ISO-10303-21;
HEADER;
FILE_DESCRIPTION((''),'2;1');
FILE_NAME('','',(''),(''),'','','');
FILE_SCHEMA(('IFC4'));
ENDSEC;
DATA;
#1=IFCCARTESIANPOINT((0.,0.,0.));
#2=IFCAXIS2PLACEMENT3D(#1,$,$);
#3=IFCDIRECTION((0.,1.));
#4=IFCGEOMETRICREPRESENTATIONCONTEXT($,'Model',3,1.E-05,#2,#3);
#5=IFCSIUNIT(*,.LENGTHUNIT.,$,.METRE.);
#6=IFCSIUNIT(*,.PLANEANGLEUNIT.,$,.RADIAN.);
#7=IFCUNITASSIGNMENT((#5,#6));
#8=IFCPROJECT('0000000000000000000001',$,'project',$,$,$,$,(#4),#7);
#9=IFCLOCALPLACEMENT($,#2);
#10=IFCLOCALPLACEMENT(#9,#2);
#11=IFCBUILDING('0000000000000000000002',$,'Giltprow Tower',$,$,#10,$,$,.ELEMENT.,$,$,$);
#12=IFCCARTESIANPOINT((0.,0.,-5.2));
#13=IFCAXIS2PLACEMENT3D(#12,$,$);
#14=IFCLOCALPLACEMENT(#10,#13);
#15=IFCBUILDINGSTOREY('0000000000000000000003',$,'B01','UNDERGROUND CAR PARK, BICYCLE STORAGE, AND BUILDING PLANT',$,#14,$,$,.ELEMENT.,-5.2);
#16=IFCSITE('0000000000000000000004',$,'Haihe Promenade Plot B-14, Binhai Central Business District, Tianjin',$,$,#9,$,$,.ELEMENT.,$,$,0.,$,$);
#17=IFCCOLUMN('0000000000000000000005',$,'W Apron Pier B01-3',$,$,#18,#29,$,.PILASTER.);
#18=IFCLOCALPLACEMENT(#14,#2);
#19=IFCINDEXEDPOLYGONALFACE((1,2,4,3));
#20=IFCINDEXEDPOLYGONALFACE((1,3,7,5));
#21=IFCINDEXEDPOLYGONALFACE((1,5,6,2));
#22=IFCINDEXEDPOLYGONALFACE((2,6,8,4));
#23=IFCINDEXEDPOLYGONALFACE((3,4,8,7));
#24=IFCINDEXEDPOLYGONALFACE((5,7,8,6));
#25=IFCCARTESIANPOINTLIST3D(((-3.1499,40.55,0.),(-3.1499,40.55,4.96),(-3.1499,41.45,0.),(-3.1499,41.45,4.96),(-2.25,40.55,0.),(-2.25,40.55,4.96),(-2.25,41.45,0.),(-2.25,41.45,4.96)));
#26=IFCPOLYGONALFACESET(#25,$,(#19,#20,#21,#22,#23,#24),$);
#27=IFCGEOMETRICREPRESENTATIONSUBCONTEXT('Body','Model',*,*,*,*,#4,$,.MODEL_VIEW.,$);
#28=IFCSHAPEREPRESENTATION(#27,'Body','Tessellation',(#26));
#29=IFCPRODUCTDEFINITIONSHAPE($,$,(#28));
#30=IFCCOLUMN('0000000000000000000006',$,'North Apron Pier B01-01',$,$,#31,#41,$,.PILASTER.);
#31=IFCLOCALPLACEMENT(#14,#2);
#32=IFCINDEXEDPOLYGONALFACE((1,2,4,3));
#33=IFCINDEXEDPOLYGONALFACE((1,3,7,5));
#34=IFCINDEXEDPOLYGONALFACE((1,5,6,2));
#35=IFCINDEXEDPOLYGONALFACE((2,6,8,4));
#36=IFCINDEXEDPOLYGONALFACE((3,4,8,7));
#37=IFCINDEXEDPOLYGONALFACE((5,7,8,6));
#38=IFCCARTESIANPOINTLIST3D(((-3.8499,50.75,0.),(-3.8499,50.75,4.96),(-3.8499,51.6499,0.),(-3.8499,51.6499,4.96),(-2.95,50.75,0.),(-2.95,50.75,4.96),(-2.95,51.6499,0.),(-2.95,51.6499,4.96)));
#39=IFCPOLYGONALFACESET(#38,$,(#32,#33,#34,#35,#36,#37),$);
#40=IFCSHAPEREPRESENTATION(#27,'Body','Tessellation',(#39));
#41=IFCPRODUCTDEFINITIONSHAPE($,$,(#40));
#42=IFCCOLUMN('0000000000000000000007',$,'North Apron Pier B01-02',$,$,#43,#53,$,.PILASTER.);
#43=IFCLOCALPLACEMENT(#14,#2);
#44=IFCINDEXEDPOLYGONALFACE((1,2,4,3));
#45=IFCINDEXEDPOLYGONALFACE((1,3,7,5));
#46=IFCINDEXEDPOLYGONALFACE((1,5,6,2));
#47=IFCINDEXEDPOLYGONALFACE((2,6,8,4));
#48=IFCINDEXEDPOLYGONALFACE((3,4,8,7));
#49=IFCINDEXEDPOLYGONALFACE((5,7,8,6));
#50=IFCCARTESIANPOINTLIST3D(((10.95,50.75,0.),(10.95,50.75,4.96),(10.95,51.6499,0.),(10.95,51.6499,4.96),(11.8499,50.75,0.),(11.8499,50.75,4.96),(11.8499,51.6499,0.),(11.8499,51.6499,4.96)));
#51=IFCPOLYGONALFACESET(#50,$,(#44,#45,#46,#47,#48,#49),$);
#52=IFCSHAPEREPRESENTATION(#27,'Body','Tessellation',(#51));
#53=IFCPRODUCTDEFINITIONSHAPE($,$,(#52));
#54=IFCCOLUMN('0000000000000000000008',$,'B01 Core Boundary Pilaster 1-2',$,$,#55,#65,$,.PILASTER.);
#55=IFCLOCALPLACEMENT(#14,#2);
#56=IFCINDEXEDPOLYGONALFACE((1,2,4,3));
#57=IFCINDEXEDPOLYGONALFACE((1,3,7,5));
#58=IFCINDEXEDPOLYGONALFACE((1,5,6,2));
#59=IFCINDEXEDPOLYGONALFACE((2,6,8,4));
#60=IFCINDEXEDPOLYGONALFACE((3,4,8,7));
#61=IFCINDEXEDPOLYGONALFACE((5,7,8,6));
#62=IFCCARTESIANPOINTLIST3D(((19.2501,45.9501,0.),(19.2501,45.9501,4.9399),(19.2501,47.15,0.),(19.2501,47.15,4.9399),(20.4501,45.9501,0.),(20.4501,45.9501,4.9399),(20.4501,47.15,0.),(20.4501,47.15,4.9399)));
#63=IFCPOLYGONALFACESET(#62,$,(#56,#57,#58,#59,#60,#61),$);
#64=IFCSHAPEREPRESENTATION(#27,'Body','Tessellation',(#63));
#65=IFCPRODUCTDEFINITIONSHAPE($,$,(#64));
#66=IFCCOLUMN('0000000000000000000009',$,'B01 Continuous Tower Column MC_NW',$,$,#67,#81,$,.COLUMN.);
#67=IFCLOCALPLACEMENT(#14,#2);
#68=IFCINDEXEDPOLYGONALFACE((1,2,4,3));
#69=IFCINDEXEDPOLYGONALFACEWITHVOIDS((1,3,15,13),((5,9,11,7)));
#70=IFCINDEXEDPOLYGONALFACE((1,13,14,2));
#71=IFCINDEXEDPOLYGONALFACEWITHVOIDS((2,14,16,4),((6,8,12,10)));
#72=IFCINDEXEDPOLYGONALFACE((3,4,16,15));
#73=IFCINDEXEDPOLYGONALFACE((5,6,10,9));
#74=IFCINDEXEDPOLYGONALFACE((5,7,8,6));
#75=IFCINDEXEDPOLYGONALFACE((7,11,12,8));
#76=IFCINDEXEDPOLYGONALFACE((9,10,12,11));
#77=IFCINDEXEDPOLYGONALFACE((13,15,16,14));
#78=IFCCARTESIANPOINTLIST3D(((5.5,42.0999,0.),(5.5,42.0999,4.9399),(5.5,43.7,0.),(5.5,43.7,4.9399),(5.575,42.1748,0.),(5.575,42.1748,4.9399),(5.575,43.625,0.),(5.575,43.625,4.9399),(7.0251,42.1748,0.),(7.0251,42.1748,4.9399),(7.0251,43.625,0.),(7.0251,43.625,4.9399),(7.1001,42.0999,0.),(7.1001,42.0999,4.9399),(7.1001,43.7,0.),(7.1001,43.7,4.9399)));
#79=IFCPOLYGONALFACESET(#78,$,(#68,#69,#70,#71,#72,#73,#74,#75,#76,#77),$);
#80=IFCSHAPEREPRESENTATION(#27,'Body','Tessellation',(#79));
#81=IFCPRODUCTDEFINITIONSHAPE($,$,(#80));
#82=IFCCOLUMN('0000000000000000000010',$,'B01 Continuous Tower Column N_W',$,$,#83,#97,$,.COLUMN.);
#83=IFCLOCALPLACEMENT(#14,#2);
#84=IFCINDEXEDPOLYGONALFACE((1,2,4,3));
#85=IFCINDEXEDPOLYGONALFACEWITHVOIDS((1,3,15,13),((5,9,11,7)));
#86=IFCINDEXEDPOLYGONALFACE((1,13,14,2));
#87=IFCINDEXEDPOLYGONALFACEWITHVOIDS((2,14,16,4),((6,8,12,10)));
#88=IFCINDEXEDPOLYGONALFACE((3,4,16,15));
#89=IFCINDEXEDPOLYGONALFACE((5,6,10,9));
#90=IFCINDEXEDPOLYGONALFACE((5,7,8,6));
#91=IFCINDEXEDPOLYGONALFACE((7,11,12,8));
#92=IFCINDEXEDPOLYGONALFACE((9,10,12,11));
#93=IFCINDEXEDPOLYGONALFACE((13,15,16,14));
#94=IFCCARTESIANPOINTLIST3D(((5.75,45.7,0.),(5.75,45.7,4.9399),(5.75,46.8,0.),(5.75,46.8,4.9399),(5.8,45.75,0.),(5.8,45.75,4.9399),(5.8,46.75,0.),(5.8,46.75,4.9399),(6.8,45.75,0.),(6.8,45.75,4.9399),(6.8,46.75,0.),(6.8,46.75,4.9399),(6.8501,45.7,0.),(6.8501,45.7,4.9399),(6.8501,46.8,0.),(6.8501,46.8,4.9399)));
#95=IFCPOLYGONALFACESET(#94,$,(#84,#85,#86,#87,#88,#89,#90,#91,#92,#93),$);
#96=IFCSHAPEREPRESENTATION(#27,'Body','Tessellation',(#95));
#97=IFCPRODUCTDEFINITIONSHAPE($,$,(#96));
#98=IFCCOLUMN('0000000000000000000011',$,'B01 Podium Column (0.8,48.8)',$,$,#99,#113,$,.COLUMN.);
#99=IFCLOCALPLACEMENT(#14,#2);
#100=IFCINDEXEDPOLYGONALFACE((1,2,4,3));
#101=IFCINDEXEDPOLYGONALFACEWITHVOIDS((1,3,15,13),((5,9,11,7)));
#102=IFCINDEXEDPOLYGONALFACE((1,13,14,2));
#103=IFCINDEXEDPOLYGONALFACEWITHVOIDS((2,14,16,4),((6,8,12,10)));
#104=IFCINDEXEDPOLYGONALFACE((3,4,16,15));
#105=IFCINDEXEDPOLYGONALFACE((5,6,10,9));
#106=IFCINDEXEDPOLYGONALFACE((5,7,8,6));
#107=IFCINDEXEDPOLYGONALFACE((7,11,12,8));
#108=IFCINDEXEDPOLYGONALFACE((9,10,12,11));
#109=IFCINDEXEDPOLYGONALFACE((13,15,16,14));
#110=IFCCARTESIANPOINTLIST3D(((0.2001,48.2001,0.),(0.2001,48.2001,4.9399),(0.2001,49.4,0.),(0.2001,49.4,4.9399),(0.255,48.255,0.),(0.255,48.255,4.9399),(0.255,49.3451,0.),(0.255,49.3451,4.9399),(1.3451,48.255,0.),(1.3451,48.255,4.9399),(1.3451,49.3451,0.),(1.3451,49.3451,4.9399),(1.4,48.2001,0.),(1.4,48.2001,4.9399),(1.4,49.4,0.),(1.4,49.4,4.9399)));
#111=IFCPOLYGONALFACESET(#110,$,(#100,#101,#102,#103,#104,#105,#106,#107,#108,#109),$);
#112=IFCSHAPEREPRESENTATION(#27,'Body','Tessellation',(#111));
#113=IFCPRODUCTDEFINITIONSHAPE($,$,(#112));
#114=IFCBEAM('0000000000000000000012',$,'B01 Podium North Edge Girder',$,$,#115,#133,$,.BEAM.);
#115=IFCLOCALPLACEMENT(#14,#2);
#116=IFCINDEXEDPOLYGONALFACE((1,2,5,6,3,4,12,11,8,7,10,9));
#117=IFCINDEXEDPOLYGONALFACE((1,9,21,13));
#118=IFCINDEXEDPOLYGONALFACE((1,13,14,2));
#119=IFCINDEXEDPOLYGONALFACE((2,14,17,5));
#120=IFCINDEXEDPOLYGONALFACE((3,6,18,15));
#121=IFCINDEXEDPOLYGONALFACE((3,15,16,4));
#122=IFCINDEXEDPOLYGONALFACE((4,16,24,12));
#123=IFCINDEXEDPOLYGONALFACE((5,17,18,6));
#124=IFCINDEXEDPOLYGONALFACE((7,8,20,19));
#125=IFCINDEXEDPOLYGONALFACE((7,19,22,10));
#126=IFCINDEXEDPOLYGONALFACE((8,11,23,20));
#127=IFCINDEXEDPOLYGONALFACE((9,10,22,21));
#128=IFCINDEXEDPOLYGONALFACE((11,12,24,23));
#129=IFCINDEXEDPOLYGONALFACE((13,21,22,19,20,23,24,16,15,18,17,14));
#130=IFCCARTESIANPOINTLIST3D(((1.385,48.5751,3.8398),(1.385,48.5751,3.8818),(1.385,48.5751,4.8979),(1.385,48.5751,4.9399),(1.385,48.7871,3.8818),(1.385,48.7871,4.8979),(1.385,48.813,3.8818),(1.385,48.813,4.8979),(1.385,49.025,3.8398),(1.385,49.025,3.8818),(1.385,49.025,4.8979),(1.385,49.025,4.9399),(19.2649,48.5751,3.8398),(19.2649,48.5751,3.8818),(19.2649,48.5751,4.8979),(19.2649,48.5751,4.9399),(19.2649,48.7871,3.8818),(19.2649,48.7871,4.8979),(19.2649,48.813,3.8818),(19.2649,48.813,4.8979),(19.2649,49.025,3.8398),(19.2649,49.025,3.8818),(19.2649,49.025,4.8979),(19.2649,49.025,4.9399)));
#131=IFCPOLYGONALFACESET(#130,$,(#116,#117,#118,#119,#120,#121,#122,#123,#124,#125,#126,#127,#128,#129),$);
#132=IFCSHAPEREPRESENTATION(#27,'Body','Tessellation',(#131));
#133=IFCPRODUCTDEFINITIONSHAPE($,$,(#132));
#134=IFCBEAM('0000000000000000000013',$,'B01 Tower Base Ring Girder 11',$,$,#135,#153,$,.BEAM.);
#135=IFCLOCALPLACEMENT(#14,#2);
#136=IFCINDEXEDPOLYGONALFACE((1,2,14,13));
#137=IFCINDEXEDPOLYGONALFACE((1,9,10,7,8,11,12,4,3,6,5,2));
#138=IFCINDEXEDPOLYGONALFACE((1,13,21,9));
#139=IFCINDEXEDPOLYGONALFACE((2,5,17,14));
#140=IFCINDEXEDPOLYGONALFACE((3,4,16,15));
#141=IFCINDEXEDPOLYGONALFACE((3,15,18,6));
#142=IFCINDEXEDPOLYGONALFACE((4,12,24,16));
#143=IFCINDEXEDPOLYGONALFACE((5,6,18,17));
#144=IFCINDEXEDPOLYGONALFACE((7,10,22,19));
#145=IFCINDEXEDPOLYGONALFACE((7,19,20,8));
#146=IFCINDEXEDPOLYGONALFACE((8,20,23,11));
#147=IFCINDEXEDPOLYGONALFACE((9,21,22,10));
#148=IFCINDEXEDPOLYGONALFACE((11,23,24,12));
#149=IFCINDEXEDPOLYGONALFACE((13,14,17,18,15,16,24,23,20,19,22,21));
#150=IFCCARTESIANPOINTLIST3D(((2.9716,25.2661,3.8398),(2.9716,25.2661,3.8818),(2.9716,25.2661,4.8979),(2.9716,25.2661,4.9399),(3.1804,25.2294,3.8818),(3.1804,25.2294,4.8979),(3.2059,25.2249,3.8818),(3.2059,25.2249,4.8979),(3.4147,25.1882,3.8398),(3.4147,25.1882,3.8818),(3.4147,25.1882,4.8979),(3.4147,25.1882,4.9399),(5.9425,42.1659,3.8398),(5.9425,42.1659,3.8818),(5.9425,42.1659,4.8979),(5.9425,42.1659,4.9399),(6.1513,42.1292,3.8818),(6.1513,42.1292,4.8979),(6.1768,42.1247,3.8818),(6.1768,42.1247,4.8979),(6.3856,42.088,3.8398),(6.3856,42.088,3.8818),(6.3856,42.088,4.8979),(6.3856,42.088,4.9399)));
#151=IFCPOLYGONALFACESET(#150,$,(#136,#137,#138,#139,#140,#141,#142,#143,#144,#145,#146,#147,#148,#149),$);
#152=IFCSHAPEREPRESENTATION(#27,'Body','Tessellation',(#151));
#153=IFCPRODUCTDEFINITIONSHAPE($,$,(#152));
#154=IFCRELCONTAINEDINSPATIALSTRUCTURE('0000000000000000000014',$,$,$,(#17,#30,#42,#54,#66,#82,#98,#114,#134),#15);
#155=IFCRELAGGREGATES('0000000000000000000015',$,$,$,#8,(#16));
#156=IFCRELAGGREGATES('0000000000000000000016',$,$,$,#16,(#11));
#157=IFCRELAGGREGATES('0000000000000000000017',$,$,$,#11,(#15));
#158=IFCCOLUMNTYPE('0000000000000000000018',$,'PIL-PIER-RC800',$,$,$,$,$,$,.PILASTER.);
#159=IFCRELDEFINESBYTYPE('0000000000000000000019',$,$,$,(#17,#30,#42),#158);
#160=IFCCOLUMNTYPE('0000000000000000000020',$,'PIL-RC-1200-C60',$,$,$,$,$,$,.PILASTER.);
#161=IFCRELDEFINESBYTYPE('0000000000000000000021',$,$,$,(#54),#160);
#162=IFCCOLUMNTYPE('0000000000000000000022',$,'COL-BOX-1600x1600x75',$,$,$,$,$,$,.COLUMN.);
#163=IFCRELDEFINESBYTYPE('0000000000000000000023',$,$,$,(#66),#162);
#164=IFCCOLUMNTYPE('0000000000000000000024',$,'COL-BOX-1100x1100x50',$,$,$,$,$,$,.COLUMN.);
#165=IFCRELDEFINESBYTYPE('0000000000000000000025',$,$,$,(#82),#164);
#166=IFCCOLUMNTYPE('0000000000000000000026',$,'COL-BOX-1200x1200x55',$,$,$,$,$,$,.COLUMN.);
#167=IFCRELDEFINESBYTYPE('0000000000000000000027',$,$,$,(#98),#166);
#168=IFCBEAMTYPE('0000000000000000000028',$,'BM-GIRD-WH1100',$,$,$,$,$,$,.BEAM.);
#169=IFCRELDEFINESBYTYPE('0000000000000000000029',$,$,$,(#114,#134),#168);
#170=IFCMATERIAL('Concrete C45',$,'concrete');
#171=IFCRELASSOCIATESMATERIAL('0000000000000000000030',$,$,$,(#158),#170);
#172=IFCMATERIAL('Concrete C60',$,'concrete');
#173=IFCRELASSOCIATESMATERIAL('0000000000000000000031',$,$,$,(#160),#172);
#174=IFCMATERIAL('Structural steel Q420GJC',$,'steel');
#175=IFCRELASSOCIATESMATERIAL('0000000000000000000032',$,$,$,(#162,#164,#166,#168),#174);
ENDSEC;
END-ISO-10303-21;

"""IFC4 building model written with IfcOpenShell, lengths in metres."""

from ifc_helpers import new_model, si_unit, direction, frame, origin, origin_2d, place, context, subcontext, project, spatial, rectangle, hollow_rectangle, i_section, extrude, source, transform, mapped, material, material_profile, profile_set, type_object, element, save


model = new_model("IFC4")

# Units and contexts
model_context = context("Model", 3, precision=1e-05, world=origin(), true_north=direction((0.0, 1.0)))
body_context = subcontext(model_context, "Body", "Model", "MODEL_VIEW")
ifc_project = project(units=[si_unit("LENGTHUNIT", "METRE"), si_unit("PLANEANGLEUNIT", "RADIAN")], contexts=[model_context])

# Site, building, storey
site_placement = place(None, origin())
site = spatial("IfcSite", under=ifc_project, at=site_placement, Name="Haihe Promenade Plot B-14, Binhai Central Business District, Tianjin", CompositionType="ELEMENT", RefElevation=0.0)
building_placement = place(site_placement, origin())
building = spatial("IfcBuilding", under=site, at=building_placement, Name="Giltprow Tower", CompositionType="ELEMENT")
storey_placement = place(building_placement, frame((0.0, 0.0, -5.2)))
storey = spatial("IfcBuildingStorey", under=building, at=storey_placement, Name="B01", Description="UNDERGROUND CAR PARK, BICYCLE STORAGE, AND BUILDING PLANT", CompositionType="ELEMENT", Elevation=-5.2)

# Columns
ifc_material_1 = material(Name="Concrete C45", Category="concrete")
ifc_material_profile_1 = material_profile(ifc_material_1, rectangle(XDim=0.8999, YDim=0.8999, at=origin_2d()), Name="RC 900x900")
ifc_profile_set_1 = profile_set([ifc_material_profile_1], Name="Concrete C45")
column_type_1 = type_object("IfcColumnType", Name="PIL-PIER-RC800", PredefinedType="PILASTER", material=ifc_profile_set_1)
shared_shape_1 = source(origin(), body_context, "Body", "SweptSolid", [
    extrude(rectangle(XDim=0.8999, YDim=0.8999, at=origin_2d()), origin(), (0.0, 0.0, 1.0), 4.96),
])
for number, where, z_axis, x_axis, name in (
    (1, (-2.7, 41.0, 0.0), (0.0, 0.0, 1.0), (1.0, 0.0, 0.0), "W Apron Pier B01-3"),
    (2, (-3.3999, 51.2, 0.0), (0.0, 0.0, 1.0), (1.0, 0.0, 0.0), "North Apron Pier B01-01"),
    (3, (11.3999, 51.2, 0.0), (0.0, 0.0, 1.0), (1.0, 0.0, 0.0), "North Apron Pier B01-02"),
):
    element("IfcColumn", number, at=place(storey_placement, frame(where, z_axis=z_axis, x_axis=x_axis)), inside=storey, type_object=column_type_1, Name=name, PredefinedType="PILASTER", context=body_context, shape_type="MappedRepresentation", body=[
        mapped(shared_shape_1, transform((0.0, 0.0, 0.0), x_axis=(1.0, 0.0, 0.0), y_axis=(0.0, 1.0, 0.0), z_axis=(0.0, 0.0, 1.0), scale=1.0)),
    ])
ifc_material_2 = material(Name="Concrete C60", Category="concrete")
ifc_material_profile_2 = material_profile(ifc_material_2, rectangle(XDim=1.2, YDim=1.2, at=origin_2d()), Name="RC 1200x1200")
ifc_profile_set_2 = profile_set([ifc_material_profile_2], Name="Concrete C60")
column_type_2 = type_object("IfcColumnType", Name="PIL-RC-1200-C60", PredefinedType="PILASTER", material=ifc_profile_set_2)
shared_shape_2 = source(origin(), body_context, "Body", "SweptSolid", [
    extrude(rectangle(XDim=1.2, YDim=1.2, at=origin_2d()), origin(), (0.0, 0.0, 1.0), 4.9399),
])
column_1_placement = place(storey_placement, frame((19.8501, 46.55, 0.0), z_axis=(0.0, 0.0, 1.0), x_axis=(1.0, 0.0, 0.0)))
element("IfcColumn", 4, at=column_1_placement, inside=storey, type_object=column_type_2, Name="B01 Core Boundary Pilaster 1-2", PredefinedType="PILASTER", context=body_context, shape_type="MappedRepresentation", body=[
    mapped(shared_shape_2, transform((0.0, 0.0, 0.0), x_axis=(1.0, 0.0, 0.0), y_axis=(0.0, 1.0, 0.0), z_axis=(0.0, 0.0, 1.0), scale=1.0)),
])
ifc_material_3 = material(Name="Structural steel Q420GJC", Category="steel")
ifc_material_profile_3 = material_profile(ifc_material_3, hollow_rectangle(XDim=1.6001, YDim=1.6001, WallThickness=0.075, at=origin_2d()), Name="BOX 1600x1600x75")
ifc_profile_set_3 = profile_set([ifc_material_profile_3], Name="Structural steel Q420GJC")
column_type_3 = type_object("IfcColumnType", Name="COL-BOX-1600x1600x75", PredefinedType="COLUMN", material=ifc_profile_set_3)
shared_shape_3 = source(origin(), body_context, "Body", "SweptSolid", [
    extrude(hollow_rectangle(XDim=1.6001, YDim=1.6001, WallThickness=0.075, at=origin_2d()), origin(), (0.0, 0.0, 1.0), 4.9399),
])
column_2_placement = place(storey_placement, frame((6.3, 42.8999, 0.0), z_axis=(0.0, 0.0, 1.0), x_axis=(1.0, 0.0, 0.0)))
element("IfcColumn", 5, at=column_2_placement, inside=storey, type_object=column_type_3, Name="B01 Continuous Tower Column MC_NW", PredefinedType="COLUMN", context=body_context, shape_type="MappedRepresentation", body=[
    mapped(shared_shape_3, transform((0.0, 0.0, 0.0), x_axis=(1.0, 0.0, 0.0), y_axis=(0.0, 1.0, 0.0), z_axis=(0.0, 0.0, 1.0), scale=1.0)),
])
ifc_material_profile_4 = material_profile(ifc_material_3, hollow_rectangle(XDim=1.1001, YDim=1.1001, WallThickness=0.05, at=origin_2d()), Name="BOX 1100x1100x50")
ifc_profile_set_4 = profile_set([ifc_material_profile_4], Name="Structural steel Q420GJC")
column_type_4 = type_object("IfcColumnType", Name="COL-BOX-1100x1100x50", PredefinedType="COLUMN", material=ifc_profile_set_4)
shared_shape_4 = source(origin(), body_context, "Body", "SweptSolid", [
    extrude(hollow_rectangle(XDim=1.1001, YDim=1.1001, WallThickness=0.05, at=origin_2d()), origin(), (0.0, 0.0, 1.0), 4.9399),
])
column_3_placement = place(storey_placement, frame((6.3, 46.25, 0.0), z_axis=(0.0, 0.0, 1.0), x_axis=(1.0, 0.0, 0.0)))
element("IfcColumn", 6, at=column_3_placement, inside=storey, type_object=column_type_4, Name="B01 Continuous Tower Column N_W", PredefinedType="COLUMN", context=body_context, shape_type="MappedRepresentation", body=[
    mapped(shared_shape_4, transform((0.0, 0.0, 0.0), x_axis=(1.0, 0.0, 0.0), y_axis=(0.0, 1.0, 0.0), z_axis=(0.0, 0.0, 1.0), scale=1.0)),
])
ifc_material_profile_5 = material_profile(ifc_material_3, hollow_rectangle(XDim=1.2, YDim=1.2, WallThickness=0.0549, at=origin_2d()), Name="BOX 1200x1200x55")
ifc_profile_set_5 = profile_set([ifc_material_profile_5], Name="Structural steel Q420GJC")
column_type_5 = type_object("IfcColumnType", Name="COL-BOX-1200x1200x55", PredefinedType="COLUMN", material=ifc_profile_set_5)
shared_shape_5 = source(origin(), body_context, "Body", "SweptSolid", [
    extrude(hollow_rectangle(XDim=1.2, YDim=1.2, WallThickness=0.0549, at=origin_2d()), origin(), (0.0, 0.0, 1.0), 4.9399),
])
column_4_placement = place(storey_placement, frame((0.8, 48.8, 0.0), z_axis=(0.0, 0.0, 1.0), x_axis=(1.0, 0.0, 0.0)))
element("IfcColumn", 7, at=column_4_placement, inside=storey, type_object=column_type_5, Name="B01 Podium Column (0.8,48.8)", PredefinedType="COLUMN", context=body_context, shape_type="MappedRepresentation", body=[
    mapped(shared_shape_5, transform((0.0, 0.0, 0.0), x_axis=(1.0, 0.0, 0.0), y_axis=(0.0, 1.0, 0.0), z_axis=(0.0, 0.0, 1.0), scale=1.0)),
])

# Beams
ifc_material_profile_6 = material_profile(ifc_material_3, i_section(OverallWidth=0.45, OverallDepth=1.1001, WebThickness=0.0259, FlangeThickness=0.042, at=origin_2d()), Name="WH 1100x450x26x42")
ifc_profile_set_6 = profile_set([ifc_material_profile_6], Name="Structural steel Q420GJC")
beam_type_1 = type_object("IfcBeamType", Name="BM-GIRD-WH1100", PredefinedType="BEAM", material=ifc_profile_set_6)
shared_shape_6 = source(origin(), body_context, "Body", "SweptSolid", [
    extrude(i_section(OverallWidth=0.45, OverallDepth=1.1001, WebThickness=0.0259, FlangeThickness=0.042, at=origin_2d()), origin(), (0.0, 0.0, 1.0), 17.8799),
])
beam_1_placement = place(storey_placement, frame((1.385, 48.8, 4.3899), z_axis=(1.0, 0.0, 0.0), x_axis=(0.0, 1.0, 0.0)))
element("IfcBeam", 8, at=beam_1_placement, inside=storey, type_object=beam_type_1, Name="B01 Podium North Edge Girder", PredefinedType="BEAM", context=body_context, shape_type="MappedRepresentation", body=[
    mapped(shared_shape_6, transform((0.0, 0.0, 0.0), x_axis=(1.0, 0.0, 0.0), y_axis=(0.0, 1.0, 0.0), z_axis=(0.0, 0.0, 1.0), scale=1.0)),
])
shared_shape_7 = source(origin(), body_context, "Body", "SweptSolid", [
    extrude(i_section(OverallWidth=0.45, OverallDepth=1.1001, WebThickness=0.0259, FlangeThickness=0.042, at=origin_2d()), origin(), (0.0, 0.0, 1.0), 17.1589),
])
beam_2_placement = place(storey_placement, frame((6.1641, 42.127, 4.3899), z_axis=(-0.173142, -0.984897, 0.0), x_axis=(0.984897, -0.173142, 0.0)))
element("IfcBeam", 9, at=beam_2_placement, inside=storey, type_object=beam_type_1, Name="B01 Tower Base Ring Girder 11", PredefinedType="BEAM", context=body_context, shape_type="MappedRepresentation", body=[
    mapped(shared_shape_7, transform((0.0, 0.0, 0.0), x_axis=(1.0, 0.0, 0.0), y_axis=(0.0, 1.0, 0.0), z_axis=(0.0, 0.0, 1.0), scale=1.0)),
])

save(model, "model.ifc")
